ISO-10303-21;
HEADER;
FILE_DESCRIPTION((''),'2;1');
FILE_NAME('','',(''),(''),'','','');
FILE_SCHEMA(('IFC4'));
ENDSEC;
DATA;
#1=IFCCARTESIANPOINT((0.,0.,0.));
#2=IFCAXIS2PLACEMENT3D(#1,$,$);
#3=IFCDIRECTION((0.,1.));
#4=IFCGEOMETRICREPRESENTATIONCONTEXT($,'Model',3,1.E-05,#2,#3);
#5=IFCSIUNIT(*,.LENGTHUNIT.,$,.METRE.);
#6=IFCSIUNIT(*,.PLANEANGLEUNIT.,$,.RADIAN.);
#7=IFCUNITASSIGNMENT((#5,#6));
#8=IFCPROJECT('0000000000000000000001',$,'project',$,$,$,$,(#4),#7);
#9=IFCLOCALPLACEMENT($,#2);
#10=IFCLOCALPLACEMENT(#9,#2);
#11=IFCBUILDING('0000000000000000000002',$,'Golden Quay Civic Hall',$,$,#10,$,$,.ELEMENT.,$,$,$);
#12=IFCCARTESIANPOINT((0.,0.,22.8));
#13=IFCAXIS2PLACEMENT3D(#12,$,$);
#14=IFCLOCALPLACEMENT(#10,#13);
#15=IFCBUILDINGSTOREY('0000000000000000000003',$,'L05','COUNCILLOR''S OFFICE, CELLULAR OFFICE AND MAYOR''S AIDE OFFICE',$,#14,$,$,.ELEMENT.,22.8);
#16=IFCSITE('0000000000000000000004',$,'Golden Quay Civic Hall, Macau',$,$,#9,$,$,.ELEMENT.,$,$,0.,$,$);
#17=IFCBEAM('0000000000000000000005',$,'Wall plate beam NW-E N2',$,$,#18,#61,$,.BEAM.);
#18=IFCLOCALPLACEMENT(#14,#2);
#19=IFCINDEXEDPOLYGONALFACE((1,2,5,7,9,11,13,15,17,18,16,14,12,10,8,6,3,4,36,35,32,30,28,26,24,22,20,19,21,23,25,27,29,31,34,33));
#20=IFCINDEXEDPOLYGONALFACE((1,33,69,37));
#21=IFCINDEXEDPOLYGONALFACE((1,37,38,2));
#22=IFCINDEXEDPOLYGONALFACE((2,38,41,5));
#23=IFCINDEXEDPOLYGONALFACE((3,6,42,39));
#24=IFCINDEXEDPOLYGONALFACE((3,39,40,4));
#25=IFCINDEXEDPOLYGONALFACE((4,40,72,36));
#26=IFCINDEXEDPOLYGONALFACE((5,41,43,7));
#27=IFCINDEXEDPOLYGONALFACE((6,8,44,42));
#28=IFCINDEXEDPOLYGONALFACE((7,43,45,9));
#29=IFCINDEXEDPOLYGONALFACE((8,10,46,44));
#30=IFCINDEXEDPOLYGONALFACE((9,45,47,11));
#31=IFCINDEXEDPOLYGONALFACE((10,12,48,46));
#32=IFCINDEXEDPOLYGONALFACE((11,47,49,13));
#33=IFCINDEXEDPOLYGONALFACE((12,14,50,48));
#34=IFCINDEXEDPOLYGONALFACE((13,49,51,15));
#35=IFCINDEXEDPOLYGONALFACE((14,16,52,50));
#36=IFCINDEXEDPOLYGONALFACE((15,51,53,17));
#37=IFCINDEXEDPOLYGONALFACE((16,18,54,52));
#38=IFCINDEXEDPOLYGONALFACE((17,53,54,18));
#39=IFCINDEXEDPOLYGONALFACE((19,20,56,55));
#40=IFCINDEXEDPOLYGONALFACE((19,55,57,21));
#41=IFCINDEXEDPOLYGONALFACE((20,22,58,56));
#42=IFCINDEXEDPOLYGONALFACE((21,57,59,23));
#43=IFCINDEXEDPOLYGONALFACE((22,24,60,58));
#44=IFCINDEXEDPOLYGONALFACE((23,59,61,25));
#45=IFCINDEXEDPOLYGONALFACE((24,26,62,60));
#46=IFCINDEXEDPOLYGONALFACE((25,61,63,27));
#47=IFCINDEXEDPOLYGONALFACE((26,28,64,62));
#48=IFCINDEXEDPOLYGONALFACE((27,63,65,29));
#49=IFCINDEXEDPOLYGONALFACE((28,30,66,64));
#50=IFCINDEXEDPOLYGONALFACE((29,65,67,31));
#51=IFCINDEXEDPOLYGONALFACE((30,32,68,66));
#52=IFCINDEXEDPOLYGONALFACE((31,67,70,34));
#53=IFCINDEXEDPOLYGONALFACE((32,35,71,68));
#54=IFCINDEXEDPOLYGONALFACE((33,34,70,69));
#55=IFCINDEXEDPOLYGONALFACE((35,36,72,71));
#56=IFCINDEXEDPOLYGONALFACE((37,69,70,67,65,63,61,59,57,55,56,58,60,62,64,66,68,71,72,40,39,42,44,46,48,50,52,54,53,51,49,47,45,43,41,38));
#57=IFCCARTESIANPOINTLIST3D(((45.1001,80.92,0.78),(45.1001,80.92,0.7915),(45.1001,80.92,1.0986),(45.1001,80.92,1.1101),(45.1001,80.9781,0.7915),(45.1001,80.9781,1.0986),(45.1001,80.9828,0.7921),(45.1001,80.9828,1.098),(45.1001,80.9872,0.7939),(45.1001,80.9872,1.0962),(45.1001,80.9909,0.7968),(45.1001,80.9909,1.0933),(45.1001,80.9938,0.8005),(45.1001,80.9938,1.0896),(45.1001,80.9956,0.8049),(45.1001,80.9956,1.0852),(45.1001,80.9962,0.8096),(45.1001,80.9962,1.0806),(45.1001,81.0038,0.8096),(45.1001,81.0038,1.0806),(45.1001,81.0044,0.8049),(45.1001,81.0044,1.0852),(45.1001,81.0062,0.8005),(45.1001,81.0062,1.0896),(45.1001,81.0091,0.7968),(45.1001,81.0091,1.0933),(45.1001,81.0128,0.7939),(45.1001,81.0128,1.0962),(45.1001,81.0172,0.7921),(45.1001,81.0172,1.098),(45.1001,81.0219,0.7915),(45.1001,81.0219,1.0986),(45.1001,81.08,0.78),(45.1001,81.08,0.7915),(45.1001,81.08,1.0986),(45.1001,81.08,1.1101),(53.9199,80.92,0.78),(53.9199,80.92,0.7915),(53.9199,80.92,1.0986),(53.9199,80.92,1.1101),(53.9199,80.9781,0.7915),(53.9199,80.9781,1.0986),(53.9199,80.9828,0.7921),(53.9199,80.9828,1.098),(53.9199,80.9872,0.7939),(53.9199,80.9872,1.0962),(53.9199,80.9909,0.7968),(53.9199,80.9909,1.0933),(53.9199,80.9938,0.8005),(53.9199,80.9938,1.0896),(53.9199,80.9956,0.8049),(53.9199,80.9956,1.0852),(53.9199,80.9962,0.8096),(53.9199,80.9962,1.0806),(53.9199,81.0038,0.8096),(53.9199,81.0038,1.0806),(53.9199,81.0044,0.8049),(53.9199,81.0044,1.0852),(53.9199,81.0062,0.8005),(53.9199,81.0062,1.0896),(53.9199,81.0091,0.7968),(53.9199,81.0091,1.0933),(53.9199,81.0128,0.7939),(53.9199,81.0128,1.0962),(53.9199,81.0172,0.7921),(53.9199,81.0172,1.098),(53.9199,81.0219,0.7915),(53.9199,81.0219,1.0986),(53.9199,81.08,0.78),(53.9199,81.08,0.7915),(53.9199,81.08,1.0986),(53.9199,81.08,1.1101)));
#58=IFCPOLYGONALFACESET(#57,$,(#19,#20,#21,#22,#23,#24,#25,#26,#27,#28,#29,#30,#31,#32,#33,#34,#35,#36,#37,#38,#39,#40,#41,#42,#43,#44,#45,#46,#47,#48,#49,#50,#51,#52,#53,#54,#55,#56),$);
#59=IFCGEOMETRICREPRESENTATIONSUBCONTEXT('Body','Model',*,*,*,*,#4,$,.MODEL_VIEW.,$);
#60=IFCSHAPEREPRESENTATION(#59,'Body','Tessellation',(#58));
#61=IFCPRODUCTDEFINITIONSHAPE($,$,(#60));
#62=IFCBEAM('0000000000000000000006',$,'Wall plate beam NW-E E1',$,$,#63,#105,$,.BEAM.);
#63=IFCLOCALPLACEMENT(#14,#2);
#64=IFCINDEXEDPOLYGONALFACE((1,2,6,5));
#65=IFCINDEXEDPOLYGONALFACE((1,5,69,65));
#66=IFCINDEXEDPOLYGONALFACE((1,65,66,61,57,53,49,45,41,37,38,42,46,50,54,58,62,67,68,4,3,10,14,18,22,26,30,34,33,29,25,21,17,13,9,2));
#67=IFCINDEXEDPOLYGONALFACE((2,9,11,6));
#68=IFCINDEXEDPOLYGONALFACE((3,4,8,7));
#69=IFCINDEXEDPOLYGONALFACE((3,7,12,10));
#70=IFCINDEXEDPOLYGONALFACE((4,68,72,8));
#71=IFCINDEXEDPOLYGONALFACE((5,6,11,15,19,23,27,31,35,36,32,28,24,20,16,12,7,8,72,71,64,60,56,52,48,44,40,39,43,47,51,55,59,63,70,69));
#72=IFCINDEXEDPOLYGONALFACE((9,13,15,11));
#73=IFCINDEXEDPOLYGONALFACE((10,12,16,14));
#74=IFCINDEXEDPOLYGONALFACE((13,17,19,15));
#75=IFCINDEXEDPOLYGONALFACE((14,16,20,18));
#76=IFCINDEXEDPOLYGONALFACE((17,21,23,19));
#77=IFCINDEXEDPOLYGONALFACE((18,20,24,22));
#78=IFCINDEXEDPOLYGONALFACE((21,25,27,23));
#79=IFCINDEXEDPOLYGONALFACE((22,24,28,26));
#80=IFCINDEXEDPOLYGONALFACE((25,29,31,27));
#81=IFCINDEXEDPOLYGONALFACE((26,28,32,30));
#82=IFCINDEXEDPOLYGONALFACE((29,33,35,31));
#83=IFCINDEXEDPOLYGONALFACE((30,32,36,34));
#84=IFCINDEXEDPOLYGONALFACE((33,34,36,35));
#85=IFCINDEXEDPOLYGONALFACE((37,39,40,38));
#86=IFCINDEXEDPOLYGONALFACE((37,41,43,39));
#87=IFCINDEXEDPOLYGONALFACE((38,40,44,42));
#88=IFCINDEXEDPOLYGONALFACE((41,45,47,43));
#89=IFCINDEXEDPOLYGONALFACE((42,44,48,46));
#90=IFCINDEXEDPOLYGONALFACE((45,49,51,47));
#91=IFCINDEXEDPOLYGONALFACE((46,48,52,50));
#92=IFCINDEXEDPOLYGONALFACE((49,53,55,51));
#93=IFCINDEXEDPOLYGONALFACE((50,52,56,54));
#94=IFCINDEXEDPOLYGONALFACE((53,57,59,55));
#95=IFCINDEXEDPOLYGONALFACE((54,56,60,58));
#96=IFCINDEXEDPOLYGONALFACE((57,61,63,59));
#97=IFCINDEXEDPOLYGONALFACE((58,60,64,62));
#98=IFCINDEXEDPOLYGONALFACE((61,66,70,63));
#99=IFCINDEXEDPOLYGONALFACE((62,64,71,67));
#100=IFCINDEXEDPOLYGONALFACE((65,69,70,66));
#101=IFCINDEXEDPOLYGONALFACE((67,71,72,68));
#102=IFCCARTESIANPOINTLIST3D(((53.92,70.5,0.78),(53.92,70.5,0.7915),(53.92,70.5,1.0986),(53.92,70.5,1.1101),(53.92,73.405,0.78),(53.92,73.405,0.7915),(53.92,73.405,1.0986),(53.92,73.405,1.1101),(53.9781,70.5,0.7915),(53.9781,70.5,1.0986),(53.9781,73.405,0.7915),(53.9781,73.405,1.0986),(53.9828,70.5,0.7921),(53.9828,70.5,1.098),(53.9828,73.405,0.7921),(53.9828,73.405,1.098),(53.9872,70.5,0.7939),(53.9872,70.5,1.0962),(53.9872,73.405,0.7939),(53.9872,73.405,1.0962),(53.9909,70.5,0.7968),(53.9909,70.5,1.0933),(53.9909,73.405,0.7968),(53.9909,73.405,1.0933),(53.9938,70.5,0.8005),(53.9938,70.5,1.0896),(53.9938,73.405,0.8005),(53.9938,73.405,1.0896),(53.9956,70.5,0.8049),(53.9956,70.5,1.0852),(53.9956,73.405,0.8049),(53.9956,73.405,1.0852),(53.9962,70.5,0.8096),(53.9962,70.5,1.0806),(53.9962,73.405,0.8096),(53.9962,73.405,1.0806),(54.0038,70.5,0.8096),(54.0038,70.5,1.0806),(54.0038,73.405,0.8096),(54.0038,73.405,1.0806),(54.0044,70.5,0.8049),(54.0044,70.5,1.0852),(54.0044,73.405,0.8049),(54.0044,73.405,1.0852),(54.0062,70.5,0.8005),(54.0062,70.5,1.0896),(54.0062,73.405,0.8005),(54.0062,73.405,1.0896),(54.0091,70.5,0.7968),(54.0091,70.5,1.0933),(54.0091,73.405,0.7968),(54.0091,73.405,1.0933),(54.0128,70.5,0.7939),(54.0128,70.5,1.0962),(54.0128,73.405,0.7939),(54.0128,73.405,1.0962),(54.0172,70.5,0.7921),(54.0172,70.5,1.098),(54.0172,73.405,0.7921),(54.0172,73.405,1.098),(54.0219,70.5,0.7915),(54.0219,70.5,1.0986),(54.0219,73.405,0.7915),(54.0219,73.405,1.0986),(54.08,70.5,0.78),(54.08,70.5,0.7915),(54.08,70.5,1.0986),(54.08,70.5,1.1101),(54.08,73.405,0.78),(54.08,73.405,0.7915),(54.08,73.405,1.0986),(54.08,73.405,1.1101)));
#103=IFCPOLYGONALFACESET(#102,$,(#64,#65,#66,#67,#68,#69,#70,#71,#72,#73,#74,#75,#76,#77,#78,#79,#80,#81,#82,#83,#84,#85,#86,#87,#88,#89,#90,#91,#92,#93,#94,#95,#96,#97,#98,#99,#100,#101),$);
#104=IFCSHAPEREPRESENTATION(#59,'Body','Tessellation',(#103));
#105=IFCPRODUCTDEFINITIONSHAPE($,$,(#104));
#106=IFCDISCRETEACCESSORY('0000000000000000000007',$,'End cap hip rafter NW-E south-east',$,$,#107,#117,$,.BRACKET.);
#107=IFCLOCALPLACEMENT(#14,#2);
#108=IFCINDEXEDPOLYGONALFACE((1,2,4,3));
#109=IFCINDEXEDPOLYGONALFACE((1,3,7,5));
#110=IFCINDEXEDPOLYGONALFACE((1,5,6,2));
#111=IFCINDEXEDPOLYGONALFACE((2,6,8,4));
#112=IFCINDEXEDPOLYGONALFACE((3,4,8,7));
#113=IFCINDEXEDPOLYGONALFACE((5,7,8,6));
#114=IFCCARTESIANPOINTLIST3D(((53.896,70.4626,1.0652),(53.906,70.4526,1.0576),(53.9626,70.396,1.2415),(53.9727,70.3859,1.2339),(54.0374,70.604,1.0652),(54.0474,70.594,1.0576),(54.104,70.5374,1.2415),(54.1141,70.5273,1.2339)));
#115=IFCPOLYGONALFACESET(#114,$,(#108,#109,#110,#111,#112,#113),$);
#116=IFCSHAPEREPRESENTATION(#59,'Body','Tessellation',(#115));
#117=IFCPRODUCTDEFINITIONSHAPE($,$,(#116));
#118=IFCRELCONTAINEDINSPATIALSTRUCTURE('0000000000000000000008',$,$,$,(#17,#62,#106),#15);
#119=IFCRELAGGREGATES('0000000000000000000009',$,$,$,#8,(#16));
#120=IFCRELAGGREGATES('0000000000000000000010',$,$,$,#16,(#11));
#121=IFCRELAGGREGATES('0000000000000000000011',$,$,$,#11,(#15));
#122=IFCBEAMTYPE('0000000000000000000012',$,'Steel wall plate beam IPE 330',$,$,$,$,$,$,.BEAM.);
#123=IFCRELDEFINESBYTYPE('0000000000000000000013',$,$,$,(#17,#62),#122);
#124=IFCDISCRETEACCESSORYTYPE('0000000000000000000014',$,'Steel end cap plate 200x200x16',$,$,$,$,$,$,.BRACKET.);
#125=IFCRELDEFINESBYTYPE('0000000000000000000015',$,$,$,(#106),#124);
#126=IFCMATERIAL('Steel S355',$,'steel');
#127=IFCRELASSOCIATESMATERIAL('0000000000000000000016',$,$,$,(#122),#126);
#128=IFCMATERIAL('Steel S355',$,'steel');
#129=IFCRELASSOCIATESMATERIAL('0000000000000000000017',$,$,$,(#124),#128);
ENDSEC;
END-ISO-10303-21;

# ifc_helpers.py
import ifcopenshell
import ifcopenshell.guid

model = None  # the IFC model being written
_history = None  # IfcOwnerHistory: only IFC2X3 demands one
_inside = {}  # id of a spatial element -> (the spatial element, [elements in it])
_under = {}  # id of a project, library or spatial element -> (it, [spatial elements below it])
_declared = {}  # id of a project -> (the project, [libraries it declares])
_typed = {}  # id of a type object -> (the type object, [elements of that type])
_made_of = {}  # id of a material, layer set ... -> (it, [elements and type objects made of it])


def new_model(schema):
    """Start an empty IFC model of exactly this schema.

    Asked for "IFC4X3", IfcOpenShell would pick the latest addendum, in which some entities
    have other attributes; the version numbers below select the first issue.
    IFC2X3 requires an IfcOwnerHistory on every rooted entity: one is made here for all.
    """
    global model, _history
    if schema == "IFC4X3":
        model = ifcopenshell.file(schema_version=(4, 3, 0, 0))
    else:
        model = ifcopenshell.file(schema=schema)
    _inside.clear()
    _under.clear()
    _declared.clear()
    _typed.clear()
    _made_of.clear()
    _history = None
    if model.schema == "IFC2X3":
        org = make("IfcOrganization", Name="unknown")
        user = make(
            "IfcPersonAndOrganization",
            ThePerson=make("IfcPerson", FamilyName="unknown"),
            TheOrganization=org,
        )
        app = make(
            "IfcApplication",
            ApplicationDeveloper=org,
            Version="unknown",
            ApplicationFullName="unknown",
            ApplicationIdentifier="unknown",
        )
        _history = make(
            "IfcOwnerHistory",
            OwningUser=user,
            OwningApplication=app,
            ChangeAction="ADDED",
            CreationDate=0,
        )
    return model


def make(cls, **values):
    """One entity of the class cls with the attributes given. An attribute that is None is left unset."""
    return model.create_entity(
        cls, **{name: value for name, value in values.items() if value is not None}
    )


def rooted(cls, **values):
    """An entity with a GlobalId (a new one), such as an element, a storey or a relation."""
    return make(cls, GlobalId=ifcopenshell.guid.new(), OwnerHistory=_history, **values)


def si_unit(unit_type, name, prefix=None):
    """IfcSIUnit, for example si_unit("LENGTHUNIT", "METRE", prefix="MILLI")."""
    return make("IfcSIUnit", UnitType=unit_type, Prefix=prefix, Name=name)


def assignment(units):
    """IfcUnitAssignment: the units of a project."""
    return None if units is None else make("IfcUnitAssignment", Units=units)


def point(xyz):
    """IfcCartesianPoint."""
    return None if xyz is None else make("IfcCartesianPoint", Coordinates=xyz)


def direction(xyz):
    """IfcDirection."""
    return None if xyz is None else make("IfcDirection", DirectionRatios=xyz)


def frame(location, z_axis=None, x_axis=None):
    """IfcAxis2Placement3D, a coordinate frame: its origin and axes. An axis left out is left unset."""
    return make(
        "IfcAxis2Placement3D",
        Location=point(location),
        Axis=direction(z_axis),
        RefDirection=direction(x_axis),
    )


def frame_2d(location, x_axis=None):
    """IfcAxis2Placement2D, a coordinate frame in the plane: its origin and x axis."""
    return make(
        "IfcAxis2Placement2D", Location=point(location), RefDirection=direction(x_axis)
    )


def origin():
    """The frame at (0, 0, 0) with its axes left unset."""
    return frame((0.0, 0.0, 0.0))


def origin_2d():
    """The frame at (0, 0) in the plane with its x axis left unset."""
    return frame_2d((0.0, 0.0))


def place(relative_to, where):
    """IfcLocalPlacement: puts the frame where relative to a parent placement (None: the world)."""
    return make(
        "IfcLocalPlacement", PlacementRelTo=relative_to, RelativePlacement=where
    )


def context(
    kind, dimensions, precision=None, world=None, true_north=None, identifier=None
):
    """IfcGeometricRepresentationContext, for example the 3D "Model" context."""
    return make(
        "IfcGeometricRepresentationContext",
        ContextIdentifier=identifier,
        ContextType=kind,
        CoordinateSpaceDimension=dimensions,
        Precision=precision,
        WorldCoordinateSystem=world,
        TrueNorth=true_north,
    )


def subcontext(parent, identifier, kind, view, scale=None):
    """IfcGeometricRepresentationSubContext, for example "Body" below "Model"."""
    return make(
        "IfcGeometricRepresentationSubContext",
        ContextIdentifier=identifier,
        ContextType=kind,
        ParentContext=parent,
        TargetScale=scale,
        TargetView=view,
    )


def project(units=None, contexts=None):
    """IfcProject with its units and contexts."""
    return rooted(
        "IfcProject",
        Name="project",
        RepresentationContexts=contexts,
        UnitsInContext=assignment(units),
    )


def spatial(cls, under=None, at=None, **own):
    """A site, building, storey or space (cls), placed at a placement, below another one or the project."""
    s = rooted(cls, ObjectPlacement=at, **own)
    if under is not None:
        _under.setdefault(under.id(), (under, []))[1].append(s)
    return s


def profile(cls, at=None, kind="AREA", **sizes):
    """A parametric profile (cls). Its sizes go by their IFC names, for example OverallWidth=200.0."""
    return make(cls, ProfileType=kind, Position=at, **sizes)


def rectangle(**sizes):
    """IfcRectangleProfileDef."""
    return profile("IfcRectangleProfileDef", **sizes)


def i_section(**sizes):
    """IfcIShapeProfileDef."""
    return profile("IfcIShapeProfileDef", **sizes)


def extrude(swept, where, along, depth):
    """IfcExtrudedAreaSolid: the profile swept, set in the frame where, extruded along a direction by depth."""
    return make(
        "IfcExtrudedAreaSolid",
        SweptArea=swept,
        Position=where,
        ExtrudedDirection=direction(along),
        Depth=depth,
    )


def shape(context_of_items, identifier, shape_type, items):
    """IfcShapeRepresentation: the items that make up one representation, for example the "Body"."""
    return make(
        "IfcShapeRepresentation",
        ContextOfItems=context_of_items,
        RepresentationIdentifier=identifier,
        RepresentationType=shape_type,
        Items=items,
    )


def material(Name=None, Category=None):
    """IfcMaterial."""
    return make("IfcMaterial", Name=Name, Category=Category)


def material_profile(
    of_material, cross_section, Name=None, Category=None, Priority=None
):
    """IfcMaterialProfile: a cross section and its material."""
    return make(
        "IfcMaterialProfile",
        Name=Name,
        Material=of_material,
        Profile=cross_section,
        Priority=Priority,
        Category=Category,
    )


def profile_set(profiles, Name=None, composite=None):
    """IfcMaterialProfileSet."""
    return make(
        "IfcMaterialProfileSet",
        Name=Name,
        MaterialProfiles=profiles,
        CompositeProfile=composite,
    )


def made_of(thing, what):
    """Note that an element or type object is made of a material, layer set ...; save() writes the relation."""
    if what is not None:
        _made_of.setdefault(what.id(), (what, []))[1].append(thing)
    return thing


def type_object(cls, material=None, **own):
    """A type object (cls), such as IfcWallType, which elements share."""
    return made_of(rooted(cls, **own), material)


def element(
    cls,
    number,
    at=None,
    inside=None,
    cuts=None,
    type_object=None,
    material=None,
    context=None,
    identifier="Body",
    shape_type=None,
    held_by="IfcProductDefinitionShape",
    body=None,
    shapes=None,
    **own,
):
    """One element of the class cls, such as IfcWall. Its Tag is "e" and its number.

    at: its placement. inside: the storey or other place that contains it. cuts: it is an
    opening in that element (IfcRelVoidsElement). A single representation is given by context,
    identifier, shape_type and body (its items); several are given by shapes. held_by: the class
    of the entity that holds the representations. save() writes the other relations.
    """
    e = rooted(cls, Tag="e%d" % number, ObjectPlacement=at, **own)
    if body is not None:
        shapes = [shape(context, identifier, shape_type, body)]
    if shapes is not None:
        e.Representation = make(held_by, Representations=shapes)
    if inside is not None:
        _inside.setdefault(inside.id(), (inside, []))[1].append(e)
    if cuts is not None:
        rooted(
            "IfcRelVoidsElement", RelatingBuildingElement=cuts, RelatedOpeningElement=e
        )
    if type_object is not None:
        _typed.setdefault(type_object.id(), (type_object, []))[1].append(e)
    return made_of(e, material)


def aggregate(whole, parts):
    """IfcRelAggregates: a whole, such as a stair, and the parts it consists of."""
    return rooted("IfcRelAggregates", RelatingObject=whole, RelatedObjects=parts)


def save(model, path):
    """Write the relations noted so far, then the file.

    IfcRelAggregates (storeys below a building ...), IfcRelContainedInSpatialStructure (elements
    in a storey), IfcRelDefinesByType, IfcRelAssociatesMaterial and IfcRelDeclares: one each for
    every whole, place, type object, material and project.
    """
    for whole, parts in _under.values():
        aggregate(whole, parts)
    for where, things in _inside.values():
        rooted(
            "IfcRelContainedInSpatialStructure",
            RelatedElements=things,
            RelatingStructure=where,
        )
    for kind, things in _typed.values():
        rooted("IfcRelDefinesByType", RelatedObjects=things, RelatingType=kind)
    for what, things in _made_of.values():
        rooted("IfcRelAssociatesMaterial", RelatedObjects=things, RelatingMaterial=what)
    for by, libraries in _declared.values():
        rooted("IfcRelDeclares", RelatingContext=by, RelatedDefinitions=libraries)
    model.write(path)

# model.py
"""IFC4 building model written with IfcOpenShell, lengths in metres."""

from ifc_helpers import new_model, si_unit, direction, frame, origin, origin_2d, place, context, subcontext, project, spatial, rectangle, i_section, extrude, material, material_profile, profile_set, type_object, element, save


model = new_model("IFC4")

# Units and contexts
model_context = context("Model", 3, precision=1e-05, world=origin(), true_north=direction((0.0, 1.0)))
body_context = subcontext(model_context, "Body", "Model", "MODEL_VIEW")
ifc_project = project(units=[si_unit("LENGTHUNIT", "METRE"), si_unit("PLANEANGLEUNIT", "RADIAN")], contexts=[model_context])

# Site, building, storey
site_placement = place(None, origin())
site = spatial("IfcSite", under=ifc_project, at=site_placement, Name="Golden Quay Civic Hall, Macau", CompositionType="ELEMENT", RefElevation=0.0)
building_placement = place(site_placement, origin())
building = spatial("IfcBuilding", under=site, at=building_placement, Name="Golden Quay Civic Hall", CompositionType="ELEMENT")
storey_placement = place(building_placement, frame((0.0, 0.0, 22.8)))
storey = spatial("IfcBuildingStorey", under=building, at=storey_placement, Name="L05", Description="COUNCILLOR'S OFFICE, CELLULAR OFFICE AND MAYOR'S AIDE OFFICE", CompositionType="ELEMENT", Elevation=22.8)

# Beams
ifc_material_1 = material(Name="Steel S355", Category="steel")
ifc_material_profile_1 = material_profile(ifc_material_1, i_section(OverallWidth=0.1599, OverallDepth=0.3301, WebThickness=0.0076, FlangeThickness=0.0115, FilletRadius=0.0181, at=origin_2d()), Name="IPE 330")
ifc_profile_set_1 = profile_set([ifc_material_profile_1], Name="Steel S355")
beam_type_1 = type_object("IfcBeamType", Name="Steel wall plate beam IPE 330", PredefinedType="BEAM", material=ifc_profile_set_1)
beam_1_placement = place(storey_placement, frame((45.1001, 81.0, 0.9451), z_axis=(1.0, 0.0, 0.0), x_axis=(0.0, 1.0, 0.0)))
element("IfcBeam", 1, at=beam_1_placement, inside=storey, type_object=beam_type_1, Name="Wall plate beam NW-E N2", PredefinedType="BEAM", context=body_context, shape_type="SweptSolid", body=[
    extrude(i_section(OverallWidth=0.1599, OverallDepth=0.3301, WebThickness=0.0076, FlangeThickness=0.0115, FilletRadius=0.0181, at=origin_2d()), origin(), (0.0, 0.0, 1.0), 8.8198),
])
beam_2_placement = place(storey_placement, frame((54.0, 70.5, 0.9451), z_axis=(0.0, 1.0, 0.0), x_axis=(-1.0, 0.0, 0.0)))
element("IfcBeam", 2, at=beam_2_placement, inside=storey, type_object=beam_type_1, Name="Wall plate beam NW-E E1", PredefinedType="BEAM", context=body_context, shape_type="SweptSolid", body=[
    extrude(i_section(OverallWidth=0.1599, OverallDepth=0.3301, WebThickness=0.0076, FlangeThickness=0.0115, FilletRadius=0.0181, at=origin_2d()), origin(), (0.0, 0.0, 1.0), 2.905),
])

# Discrete accessory
ifc_material_2 = material(Name="Steel S355", Category="steel")
ifc_material_profile_2 = material_profile(ifc_material_2, rectangle(XDim=0.2, YDim=0.2, at=origin_2d()), Name="Steel end cap plate 200x200x16")
ifc_profile_set_2 = profile_set([ifc_material_profile_2], Name="Steel S355")
discrete_accessory_type = type_object("IfcDiscreteAccessoryType", Name="Steel end cap plate 200x200x16", PredefinedType="BRACKET", material=ifc_profile_set_2)
discrete_accessory_placement = place(storey_placement, frame((54.0, 70.5, 1.1533), z_axis=(0.623579, -0.623579, -0.471486), x_axis=(0.707107, 0.707107, 0.0)))
element("IfcDiscreteAccessory", 3, at=discrete_accessory_placement, inside=storey, type_object=discrete_accessory_type, Name="End cap hip rafter NW-E south-east", PredefinedType="BRACKET", context=body_context, shape_type="SweptSolid", body=[
    extrude(rectangle(XDim=0.2, YDim=0.2, at=origin_2d()), origin(), (0.0, 0.0, 1.0), 0.0161),
])

save(model, "model.ifc")
